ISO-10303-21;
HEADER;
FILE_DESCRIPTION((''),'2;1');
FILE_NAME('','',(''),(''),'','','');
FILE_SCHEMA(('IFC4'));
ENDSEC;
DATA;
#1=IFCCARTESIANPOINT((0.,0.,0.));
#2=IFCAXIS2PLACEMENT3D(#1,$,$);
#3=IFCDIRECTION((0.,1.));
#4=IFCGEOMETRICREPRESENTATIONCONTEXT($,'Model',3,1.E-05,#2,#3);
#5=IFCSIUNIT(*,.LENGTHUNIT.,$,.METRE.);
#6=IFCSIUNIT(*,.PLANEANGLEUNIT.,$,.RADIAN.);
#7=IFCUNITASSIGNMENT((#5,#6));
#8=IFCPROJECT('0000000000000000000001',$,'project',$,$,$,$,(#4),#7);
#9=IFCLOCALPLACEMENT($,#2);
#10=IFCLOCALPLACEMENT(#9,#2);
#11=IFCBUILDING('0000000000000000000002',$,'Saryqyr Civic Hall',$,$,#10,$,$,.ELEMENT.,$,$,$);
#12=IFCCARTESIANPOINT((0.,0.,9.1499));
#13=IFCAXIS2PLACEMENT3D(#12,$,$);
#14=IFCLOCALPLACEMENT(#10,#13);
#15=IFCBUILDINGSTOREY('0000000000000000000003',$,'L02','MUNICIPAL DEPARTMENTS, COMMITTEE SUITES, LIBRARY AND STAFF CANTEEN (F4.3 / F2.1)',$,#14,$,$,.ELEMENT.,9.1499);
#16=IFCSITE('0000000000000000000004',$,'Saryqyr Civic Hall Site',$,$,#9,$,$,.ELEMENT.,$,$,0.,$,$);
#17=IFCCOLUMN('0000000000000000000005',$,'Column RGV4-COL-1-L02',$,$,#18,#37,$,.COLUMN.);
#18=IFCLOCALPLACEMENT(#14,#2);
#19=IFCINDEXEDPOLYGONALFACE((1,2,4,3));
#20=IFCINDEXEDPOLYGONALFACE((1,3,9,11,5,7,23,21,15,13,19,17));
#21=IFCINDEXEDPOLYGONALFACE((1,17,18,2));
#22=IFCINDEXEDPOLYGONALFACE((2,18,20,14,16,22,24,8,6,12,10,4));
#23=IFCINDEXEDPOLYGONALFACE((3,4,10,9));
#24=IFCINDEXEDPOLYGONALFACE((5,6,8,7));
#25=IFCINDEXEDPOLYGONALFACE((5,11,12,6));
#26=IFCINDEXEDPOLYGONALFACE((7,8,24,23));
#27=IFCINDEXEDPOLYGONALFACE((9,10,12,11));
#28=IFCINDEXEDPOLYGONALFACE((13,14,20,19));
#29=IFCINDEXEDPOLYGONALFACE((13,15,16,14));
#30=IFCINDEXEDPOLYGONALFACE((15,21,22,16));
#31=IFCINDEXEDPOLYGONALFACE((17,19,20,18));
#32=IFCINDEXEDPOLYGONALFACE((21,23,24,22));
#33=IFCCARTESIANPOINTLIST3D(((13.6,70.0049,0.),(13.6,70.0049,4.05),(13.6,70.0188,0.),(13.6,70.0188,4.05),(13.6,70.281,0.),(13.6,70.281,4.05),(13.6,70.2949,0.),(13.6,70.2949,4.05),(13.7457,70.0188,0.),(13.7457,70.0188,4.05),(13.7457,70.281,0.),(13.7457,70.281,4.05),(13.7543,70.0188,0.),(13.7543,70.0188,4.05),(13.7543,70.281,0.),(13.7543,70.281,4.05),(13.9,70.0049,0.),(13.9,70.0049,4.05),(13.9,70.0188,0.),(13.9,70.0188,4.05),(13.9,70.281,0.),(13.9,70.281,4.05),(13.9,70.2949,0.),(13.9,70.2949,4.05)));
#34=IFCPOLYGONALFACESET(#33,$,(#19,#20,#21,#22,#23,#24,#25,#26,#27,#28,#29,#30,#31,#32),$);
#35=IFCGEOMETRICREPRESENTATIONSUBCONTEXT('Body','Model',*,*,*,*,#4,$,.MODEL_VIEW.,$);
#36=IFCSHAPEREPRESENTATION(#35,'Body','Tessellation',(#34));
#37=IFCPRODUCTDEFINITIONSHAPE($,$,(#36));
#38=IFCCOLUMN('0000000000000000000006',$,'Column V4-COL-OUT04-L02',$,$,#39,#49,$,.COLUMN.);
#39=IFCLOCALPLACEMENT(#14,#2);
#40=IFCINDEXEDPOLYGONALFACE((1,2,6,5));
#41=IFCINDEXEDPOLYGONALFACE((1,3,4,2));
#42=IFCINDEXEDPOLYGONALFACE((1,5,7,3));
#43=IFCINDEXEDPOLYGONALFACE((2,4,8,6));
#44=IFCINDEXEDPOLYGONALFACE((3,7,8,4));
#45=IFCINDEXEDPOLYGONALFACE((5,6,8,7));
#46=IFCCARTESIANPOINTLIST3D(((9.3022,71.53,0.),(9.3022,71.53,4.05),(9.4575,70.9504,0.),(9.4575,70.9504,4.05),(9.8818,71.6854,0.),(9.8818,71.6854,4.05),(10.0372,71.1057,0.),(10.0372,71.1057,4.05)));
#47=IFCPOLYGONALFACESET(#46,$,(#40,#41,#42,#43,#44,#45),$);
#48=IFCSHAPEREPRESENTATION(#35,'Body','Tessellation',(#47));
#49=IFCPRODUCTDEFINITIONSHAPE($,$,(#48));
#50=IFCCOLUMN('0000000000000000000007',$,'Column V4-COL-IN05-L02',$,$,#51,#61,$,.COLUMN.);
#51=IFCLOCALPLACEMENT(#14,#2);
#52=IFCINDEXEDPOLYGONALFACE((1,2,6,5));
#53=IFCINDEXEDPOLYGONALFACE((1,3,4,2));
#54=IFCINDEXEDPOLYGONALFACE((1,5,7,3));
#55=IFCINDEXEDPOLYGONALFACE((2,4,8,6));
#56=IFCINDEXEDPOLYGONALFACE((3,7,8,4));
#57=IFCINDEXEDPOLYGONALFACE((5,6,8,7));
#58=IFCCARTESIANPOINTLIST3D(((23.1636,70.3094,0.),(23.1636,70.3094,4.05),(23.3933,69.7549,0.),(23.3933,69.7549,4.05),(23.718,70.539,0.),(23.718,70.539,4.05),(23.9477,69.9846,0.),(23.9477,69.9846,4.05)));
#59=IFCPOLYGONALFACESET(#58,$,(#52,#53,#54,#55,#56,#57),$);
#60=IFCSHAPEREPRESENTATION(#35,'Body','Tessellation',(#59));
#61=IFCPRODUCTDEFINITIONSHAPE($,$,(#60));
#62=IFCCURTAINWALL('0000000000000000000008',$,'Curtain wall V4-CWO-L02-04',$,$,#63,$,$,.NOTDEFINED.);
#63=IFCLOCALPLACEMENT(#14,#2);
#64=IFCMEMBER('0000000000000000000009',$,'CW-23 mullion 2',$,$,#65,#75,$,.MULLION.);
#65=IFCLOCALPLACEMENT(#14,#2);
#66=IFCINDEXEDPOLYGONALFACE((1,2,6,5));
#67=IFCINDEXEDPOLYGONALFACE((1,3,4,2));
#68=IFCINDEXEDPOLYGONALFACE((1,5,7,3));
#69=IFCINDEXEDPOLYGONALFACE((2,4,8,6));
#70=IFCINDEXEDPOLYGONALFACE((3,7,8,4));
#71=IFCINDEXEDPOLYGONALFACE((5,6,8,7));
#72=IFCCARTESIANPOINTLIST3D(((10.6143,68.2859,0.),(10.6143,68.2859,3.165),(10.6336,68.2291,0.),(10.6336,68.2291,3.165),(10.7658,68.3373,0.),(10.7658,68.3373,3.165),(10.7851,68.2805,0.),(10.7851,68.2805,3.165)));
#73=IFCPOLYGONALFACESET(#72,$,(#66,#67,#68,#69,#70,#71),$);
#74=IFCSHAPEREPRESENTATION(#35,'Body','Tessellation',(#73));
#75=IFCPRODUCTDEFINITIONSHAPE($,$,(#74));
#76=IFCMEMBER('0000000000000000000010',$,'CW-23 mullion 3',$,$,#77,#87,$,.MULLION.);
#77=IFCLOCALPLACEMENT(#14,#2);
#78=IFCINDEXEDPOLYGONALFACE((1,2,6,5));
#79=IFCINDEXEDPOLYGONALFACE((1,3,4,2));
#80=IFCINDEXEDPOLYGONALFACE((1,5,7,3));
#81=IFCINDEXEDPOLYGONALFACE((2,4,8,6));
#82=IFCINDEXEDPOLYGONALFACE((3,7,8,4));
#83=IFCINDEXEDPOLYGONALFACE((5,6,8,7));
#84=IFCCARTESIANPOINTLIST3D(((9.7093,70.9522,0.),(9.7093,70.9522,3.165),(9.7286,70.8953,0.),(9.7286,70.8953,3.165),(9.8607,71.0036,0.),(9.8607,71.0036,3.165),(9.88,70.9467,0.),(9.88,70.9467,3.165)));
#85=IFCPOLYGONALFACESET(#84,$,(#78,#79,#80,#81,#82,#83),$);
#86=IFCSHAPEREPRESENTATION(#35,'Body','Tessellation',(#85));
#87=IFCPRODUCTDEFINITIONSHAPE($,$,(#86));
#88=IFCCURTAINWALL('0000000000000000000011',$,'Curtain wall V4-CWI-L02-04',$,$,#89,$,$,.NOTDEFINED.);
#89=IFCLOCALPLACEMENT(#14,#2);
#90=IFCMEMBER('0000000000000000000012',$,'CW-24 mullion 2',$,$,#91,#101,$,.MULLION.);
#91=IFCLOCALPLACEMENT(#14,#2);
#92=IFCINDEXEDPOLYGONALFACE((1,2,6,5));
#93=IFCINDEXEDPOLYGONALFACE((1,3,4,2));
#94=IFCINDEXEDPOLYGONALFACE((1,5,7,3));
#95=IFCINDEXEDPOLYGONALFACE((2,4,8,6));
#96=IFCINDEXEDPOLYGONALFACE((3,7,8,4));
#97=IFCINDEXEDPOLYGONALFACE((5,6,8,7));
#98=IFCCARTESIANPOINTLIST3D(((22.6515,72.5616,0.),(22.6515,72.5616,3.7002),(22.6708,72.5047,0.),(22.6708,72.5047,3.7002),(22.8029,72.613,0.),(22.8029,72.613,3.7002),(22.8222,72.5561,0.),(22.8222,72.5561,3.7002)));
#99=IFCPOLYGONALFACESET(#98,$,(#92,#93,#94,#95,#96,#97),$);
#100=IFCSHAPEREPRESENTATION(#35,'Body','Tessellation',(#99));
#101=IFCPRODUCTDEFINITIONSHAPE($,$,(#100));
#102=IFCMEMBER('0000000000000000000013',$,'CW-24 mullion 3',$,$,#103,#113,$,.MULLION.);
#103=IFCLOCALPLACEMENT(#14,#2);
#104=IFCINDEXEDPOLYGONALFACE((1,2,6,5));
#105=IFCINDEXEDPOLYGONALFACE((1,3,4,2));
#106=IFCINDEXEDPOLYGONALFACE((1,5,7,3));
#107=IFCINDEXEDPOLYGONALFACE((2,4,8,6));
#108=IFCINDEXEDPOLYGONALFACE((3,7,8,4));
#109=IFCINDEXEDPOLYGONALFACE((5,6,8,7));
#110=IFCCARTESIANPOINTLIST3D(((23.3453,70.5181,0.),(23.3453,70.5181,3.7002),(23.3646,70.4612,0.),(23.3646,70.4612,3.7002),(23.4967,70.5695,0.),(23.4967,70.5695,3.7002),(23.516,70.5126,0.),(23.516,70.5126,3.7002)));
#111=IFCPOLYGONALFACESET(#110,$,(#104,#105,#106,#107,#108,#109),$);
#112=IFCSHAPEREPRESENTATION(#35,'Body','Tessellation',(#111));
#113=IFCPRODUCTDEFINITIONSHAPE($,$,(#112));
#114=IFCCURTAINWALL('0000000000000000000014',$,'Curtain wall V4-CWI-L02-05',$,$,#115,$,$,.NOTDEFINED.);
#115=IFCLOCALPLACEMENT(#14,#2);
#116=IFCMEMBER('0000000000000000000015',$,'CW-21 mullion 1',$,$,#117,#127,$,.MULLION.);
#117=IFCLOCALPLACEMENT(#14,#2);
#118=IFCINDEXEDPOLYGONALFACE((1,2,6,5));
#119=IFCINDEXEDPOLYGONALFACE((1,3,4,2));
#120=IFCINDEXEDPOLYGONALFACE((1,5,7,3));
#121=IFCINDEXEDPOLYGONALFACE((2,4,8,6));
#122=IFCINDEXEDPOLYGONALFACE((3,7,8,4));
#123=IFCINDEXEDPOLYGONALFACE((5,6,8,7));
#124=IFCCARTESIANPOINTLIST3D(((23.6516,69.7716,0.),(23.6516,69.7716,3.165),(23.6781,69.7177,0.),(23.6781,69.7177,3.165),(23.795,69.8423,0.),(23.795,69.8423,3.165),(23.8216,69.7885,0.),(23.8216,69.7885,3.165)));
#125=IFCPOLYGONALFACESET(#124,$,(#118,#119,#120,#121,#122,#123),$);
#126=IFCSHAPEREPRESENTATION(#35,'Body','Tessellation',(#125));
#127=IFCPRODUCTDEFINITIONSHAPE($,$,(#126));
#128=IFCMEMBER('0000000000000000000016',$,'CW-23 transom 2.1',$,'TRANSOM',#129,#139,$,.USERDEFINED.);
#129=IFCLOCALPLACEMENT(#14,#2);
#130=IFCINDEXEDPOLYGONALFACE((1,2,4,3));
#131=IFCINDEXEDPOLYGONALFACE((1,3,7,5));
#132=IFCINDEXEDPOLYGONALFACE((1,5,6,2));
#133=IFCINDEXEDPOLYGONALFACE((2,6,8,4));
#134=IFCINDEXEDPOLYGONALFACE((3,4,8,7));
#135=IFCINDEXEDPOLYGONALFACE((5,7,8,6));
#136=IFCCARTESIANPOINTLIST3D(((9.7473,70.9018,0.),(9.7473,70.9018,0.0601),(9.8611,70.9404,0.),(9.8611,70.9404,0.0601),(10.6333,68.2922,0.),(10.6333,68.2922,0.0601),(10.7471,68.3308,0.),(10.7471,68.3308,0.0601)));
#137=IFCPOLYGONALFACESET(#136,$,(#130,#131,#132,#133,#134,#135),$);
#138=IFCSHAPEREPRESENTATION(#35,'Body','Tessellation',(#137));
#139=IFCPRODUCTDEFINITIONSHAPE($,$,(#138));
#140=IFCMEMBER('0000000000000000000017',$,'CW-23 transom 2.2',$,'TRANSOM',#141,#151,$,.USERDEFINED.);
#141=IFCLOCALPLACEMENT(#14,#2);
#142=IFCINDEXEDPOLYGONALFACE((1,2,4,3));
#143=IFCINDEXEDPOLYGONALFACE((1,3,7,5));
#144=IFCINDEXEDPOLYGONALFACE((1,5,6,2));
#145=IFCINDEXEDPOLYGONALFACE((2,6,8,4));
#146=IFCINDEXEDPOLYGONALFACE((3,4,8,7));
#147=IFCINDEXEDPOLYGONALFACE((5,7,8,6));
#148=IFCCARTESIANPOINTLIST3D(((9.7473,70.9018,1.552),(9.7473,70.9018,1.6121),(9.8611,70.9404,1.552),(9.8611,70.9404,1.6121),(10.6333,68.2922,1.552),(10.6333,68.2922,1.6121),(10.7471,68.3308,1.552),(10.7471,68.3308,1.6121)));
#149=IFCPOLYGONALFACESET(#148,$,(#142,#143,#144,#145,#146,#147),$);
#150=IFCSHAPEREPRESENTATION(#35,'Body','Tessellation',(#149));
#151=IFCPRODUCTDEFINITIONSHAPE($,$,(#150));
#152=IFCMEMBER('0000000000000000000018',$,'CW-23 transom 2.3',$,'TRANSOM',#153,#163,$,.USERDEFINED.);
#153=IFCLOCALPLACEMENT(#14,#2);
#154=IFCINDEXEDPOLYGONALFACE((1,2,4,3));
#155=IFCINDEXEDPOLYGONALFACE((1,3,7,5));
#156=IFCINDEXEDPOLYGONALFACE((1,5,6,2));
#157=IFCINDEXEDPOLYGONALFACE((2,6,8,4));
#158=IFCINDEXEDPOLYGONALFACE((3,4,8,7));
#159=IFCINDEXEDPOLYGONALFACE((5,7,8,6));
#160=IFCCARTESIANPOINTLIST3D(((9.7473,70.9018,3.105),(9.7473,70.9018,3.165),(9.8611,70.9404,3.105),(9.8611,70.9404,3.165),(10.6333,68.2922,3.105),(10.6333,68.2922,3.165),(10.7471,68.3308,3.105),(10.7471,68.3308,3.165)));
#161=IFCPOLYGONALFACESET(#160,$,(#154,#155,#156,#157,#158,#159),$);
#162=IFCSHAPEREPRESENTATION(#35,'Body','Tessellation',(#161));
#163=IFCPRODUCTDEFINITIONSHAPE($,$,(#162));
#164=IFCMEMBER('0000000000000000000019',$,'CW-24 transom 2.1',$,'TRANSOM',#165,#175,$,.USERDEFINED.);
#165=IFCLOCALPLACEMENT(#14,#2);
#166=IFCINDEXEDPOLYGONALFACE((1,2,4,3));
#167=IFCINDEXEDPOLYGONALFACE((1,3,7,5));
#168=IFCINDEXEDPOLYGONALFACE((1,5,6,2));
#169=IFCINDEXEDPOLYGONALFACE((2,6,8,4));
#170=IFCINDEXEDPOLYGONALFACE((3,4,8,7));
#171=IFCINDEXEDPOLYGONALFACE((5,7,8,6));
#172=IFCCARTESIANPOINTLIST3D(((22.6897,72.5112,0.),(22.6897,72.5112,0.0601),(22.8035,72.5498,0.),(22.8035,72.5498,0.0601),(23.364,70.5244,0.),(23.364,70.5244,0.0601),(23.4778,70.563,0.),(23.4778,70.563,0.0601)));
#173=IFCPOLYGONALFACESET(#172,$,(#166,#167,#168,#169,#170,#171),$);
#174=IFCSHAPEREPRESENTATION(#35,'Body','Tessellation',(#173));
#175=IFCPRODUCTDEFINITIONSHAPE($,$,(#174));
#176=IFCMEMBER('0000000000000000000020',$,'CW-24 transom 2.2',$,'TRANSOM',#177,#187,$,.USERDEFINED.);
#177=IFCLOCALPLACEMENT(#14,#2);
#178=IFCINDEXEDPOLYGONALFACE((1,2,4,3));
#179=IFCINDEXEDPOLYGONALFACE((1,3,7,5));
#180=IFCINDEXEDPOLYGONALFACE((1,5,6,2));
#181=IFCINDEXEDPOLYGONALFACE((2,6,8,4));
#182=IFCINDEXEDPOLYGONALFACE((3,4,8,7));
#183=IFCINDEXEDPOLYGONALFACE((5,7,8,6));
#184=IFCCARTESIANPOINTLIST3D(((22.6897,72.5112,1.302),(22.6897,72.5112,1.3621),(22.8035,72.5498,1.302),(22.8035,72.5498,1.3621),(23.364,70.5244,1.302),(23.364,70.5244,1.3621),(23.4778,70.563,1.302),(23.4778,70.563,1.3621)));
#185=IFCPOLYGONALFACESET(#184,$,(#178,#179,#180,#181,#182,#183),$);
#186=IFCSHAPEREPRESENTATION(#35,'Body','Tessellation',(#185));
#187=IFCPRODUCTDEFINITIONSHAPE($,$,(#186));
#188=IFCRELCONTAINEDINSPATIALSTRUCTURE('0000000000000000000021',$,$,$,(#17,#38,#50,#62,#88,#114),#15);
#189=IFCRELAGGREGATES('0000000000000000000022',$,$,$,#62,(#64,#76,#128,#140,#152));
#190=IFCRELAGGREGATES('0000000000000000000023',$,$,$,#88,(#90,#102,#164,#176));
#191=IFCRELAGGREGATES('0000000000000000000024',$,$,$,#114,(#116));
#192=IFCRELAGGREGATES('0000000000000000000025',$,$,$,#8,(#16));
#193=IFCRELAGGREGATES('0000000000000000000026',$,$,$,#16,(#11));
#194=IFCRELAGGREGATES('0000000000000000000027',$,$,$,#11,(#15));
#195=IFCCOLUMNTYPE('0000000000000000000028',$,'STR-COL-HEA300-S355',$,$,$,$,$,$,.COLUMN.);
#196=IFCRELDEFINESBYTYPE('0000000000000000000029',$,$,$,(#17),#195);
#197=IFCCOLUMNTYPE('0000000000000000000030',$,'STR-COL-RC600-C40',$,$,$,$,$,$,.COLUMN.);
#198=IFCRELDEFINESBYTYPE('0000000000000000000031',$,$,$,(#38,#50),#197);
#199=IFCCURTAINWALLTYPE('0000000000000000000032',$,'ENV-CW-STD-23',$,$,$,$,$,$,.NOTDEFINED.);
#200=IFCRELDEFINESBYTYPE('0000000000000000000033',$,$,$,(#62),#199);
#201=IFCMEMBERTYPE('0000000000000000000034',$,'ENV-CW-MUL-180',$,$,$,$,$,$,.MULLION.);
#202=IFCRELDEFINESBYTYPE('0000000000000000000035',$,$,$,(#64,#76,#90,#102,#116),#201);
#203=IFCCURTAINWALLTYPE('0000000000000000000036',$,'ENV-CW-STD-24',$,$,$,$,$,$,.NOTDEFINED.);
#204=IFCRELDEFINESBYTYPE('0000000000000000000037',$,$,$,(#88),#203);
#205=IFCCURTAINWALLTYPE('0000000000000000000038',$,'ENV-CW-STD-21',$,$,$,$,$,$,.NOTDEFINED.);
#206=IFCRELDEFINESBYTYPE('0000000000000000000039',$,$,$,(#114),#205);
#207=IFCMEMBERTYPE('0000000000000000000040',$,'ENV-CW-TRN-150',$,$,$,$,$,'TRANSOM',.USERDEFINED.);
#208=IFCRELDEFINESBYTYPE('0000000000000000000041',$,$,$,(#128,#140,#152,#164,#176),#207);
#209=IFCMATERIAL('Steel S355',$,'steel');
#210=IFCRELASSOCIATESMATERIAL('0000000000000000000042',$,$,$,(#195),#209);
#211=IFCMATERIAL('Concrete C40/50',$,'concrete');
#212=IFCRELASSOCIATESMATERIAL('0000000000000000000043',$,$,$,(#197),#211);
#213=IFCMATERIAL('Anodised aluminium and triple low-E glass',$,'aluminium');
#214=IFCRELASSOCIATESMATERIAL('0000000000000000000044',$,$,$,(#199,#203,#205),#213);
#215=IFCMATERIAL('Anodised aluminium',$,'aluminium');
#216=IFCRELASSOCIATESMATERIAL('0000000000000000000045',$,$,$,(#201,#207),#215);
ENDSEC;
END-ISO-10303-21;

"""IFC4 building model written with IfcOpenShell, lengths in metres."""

from ifc_helpers import new_model, si_unit, direction, frame, origin, origin_2d, place, context, subcontext, project, spatial, rectangle, i_section, extrude, material, material_profile, profile_set, type_object, element, aggregate, save


model = new_model("IFC4")

# Units and contexts
model_context = context("Model", 3, precision=1e-05, world=origin(), true_north=direction((0.0, 1.0)))
body_context = subcontext(model_context, "Body", "Model", "MODEL_VIEW")
ifc_project = project(units=[si_unit("LENGTHUNIT", "METRE"), si_unit("PLANEANGLEUNIT", "RADIAN")], contexts=[model_context])

# Site, building, storey
site_placement = place(None, origin())
site = spatial("IfcSite", under=ifc_project, at=site_placement, Name="Saryqyr Civic Hall Site", CompositionType="ELEMENT", RefElevation=0.0)
building_placement = place(site_placement, origin())
building = spatial("IfcBuilding", under=site, at=building_placement, Name="Saryqyr Civic Hall", CompositionType="ELEMENT")
storey_placement = place(building_placement, frame((0.0, 0.0, 9.1499)))
storey = spatial("IfcBuildingStorey", under=building, at=storey_placement, Name="L02", Description="MUNICIPAL DEPARTMENTS, COMMITTEE SUITES, LIBRARY AND STAFF CANTEEN (F4.3 / F2.1)", CompositionType="ELEMENT", Elevation=9.1499)

# Columns
ifc_material_1 = material(Name="Steel S355", Category="steel")
ifc_material_profile_1 = material_profile(ifc_material_1, i_section(OverallWidth=0.3, OverallDepth=0.29, WebThickness=0.0085, FlangeThickness=0.0139, at=origin_2d()), Name="HEA 300")
ifc_profile_set_1 = profile_set([ifc_material_profile_1], Name="Steel S355")
column_type_1 = type_object("IfcColumnType", Name="STR-COL-HEA300-S355", PredefinedType="COLUMN", material=ifc_profile_set_1)
column_placement = place(storey_placement, frame((13.75, 70.1499, 0.0), z_axis=(0.0, 0.0, 1.0), x_axis=(1.0, 0.0, 0.0)))
element("IfcColumn", 1, at=column_placement, inside=storey, type_object=column_type_1, Name="Column RGV4-COL-1-L02", PredefinedType="COLUMN", context=body_context, shape_type="SweptSolid", body=[
    extrude(i_section(OverallWidth=0.3, OverallDepth=0.29, WebThickness=0.0085, FlangeThickness=0.0139, at=origin_2d()), origin(), (0.0, 0.0, 1.0), 4.05),
])
ifc_material_2 = material(Name="Concrete C40/50", Category="concrete")
ifc_material_profile_2 = material_profile(ifc_material_2, rectangle(XDim=0.6001, YDim=0.6001, at=origin_2d()), Name="RC 600x600")
ifc_profile_set_2 = profile_set([ifc_material_profile_2], Name="Concrete C40/50")
column_type_2 = type_object("IfcColumnType", Name="STR-COL-RC600-C40", PredefinedType="COLUMN", material=ifc_profile_set_2)
for number, where, z_axis, x_axis, name in (
    (2, (9.6697, 71.3179, 0.0), (0.0, 0.0, 1.0), (-0.965926, -0.258819, 0.0), "Column V4-COL-OUT04-L02"),
    (3, (23.5557, 70.147, 0.0), (0.0, 0.0, 1.0), (-0.92388, -0.382683, 0.0), "Column V4-COL-IN05-L02"),
):
    element("IfcColumn", number, at=place(storey_placement, frame(where, z_axis=z_axis, x_axis=x_axis)), inside=storey, type_object=column_type_2, Name=name, PredefinedType="COLUMN", context=body_context, shape_type="SweptSolid", body=[
        extrude(rectangle(XDim=0.6001, YDim=0.6001, at=origin_2d()), origin(), (0.0, 0.0, 1.0), 4.05),
    ])

# Curtain walls, members
ifc_material_3 = material(Name="Anodised aluminium and triple low-E glass", Category="aluminium")
curtain_wall_type_1 = type_object("IfcCurtainWallType", Name="ENV-CW-STD-23", PredefinedType="NOTDEFINED", material=ifc_material_3)
curtain_wall_1_placement = place(storey_placement, origin())
curtain_wall_1 = element("IfcCurtainWall", 4, at=curtain_wall_1_placement, inside=storey, type_object=curtain_wall_type_1, Name="Curtain wall V4-CWO-L02-04", PredefinedType="NOTDEFINED")
ifc_material_4 = material(Name="Anodised aluminium", Category="aluminium")
ifc_material_profile_3 = material_profile(ifc_material_4, rectangle(XDim=0.0601, YDim=0.1599, at=origin_2d()), Name="ALU MULLION 60x160")
ifc_profile_set_3 = profile_set([ifc_material_profile_3], Name="Anodised aluminium")
member_type_1 = type_object("IfcMemberType", Name="ENV-CW-MUL-180", PredefinedType="MULLION", material=ifc_profile_set_3)
member_1_placement = place(storey_placement, frame((10.6997, 68.2832, 0.0), z_axis=(0.0, 0.0, 1.0), x_axis=(-0.321447, 0.946928, 0.0)))
member_1 = element("IfcMember", 5, at=member_1_placement, type_object=member_type_1, Name="CW-23 mullion 2", PredefinedType="MULLION", context=body_context, shape_type="SweptSolid", body=[
    extrude(rectangle(XDim=0.0601, YDim=0.1599, at=origin_2d()), origin(), (0.0, 0.0, 1.0), 3.165),
])
member_2_placement = place(storey_placement, frame((9.7947, 70.9495, 0.0), z_axis=(0.0, 0.0, 1.0), x_axis=(-0.321447, 0.946928, 0.0)))
member_2 = element("IfcMember", 6, at=member_2_placement, type_object=member_type_1, Name="CW-23 mullion 3", PredefinedType="MULLION", context=body_context, shape_type="SweptSolid", body=[
    extrude(rectangle(XDim=0.0601, YDim=0.1599, at=origin_2d()), origin(), (0.0, 0.0, 1.0), 3.165),
])
curtain_wall_type_2 = type_object("IfcCurtainWallType", Name="ENV-CW-STD-24", PredefinedType="NOTDEFINED", material=ifc_material_3)
curtain_wall_2_placement = place(storey_placement, origin())
curtain_wall_2 = element("IfcCurtainWall", 7, at=curtain_wall_2_placement, inside=storey, type_object=curtain_wall_type_2, Name="Curtain wall V4-CWI-L02-04", PredefinedType="NOTDEFINED")
member_3_placement = place(storey_placement, frame((22.7368, 72.5588, 0.0), z_axis=(0.0, 0.0, 1.0), x_axis=(0.321447, -0.946928, 0.0)))
member_3 = element("IfcMember", 8, at=member_3_placement, type_object=member_type_1, Name="CW-24 mullion 2", PredefinedType="MULLION", context=body_context, shape_type="SweptSolid", body=[
    extrude(rectangle(XDim=0.0601, YDim=0.1599, at=origin_2d()), origin(), (0.0, 0.0, 1.0), 3.7002),
])
member_4_placement = place(storey_placement, frame((23.4307, 70.5154, 0.0), z_axis=(0.0, 0.0, 1.0), x_axis=(0.321447, -0.946928, 0.0)))
member_4 = element("IfcMember", 9, at=member_4_placement, type_object=member_type_1, Name="CW-24 mullion 3", PredefinedType="MULLION", context=body_context, shape_type="SweptSolid", body=[
    extrude(rectangle(XDim=0.0601, YDim=0.1599, at=origin_2d()), origin(), (0.0, 0.0, 1.0), 3.7002),
])

# Curtain wall, member
curtain_wall_type_3 = type_object("IfcCurtainWallType", Name="ENV-CW-STD-21", PredefinedType="NOTDEFINED", material=ifc_material_3)
curtain_wall_3_placement = place(storey_placement, origin())
curtain_wall_3 = element("IfcCurtainWall", 10, at=curtain_wall_3_placement, inside=storey, type_object=curtain_wall_type_3, Name="Curtain wall V4-CWI-L02-05", PredefinedType="NOTDEFINED")
member_5_placement = place(storey_placement, frame((23.7366, 69.78, 0.0), z_axis=(0.0, 0.0, 1.0), x_axis=(0.442268, -0.896883, 0.0)))
member_5 = element("IfcMember", 11, at=member_5_placement, type_object=member_type_1, Name="CW-21 mullion 1", PredefinedType="MULLION", context=body_context, shape_type="SweptSolid", body=[
    extrude(rectangle(XDim=0.0601, YDim=0.1599, at=origin_2d()), origin(), (0.0, 0.0, 1.0), 3.165),
])

# Members
ifc_material_profile_4 = material_profile(ifc_material_4, rectangle(XDim=0.1201, YDim=0.0601, at=origin_2d()), Name="ALU TRANSOM 120x60")
ifc_profile_set_4 = profile_set([ifc_material_profile_4], Name="Anodised aluminium")
member_type_2 = type_object("IfcMemberType", Name="ENV-CW-TRN-150", ElementType="TRANSOM", PredefinedType="USERDEFINED", material=ifc_profile_set_4)
member_6_placement = place(storey_placement, frame((10.6902, 68.3115, 0.03), z_axis=(-0.321485, 0.946915, 0.0), x_axis=(-0.946915, -0.321485, 0.0)))
member_6 = element("IfcMember", 12, at=member_6_placement, type_object=member_type_2, Name="CW-23 transom 2.1", ObjectType="TRANSOM", PredefinedType="USERDEFINED", context=body_context, shape_type="SweptSolid", body=[
    extrude(rectangle(XDim=0.1201, YDim=0.0601, at=origin_2d()), origin(), (0.0, 0.0, 1.0), 2.7559),
])
member_7_placement = place(storey_placement, frame((10.6902, 68.3115, 1.582), z_axis=(-0.321485, 0.946915, 0.0), x_axis=(-0.946915, -0.321485, 0.0)))
member_7 = element("IfcMember", 13, at=member_7_placement, type_object=member_type_2, Name="CW-23 transom 2.2", ObjectType="TRANSOM", PredefinedType="USERDEFINED", context=body_context, shape_type="SweptSolid", body=[
    extrude(rectangle(XDim=0.1201, YDim=0.0601, at=origin_2d()), origin(), (0.0, 0.0, 1.0), 2.7559),
])
member_8_placement = place(storey_placement, frame((10.6902, 68.3115, 3.135), z_axis=(-0.321485, 0.946915, 0.0), x_axis=(-0.946915, -0.321485, 0.0)))
member_8 = element("IfcMember", 14, at=member_8_placement, type_object=member_type_2, Name="CW-23 transom 2.3", ObjectType="TRANSOM", PredefinedType="USERDEFINED", context=body_context, shape_type="SweptSolid", body=[
    extrude(rectangle(XDim=0.1201, YDim=0.0601, at=origin_2d()), origin(), (0.0, 0.0, 1.0), 2.7559),
])
member_9_placement = place(storey_placement, frame((22.7466, 72.5305, 0.03), z_axis=(0.32139, -0.946947, 0.0), x_axis=(0.946947, 0.32139, 0.0)))
member_9 = element("IfcMember", 15, at=member_9_placement, type_object=member_type_2, Name="CW-24 transom 2.1", ObjectType="TRANSOM", PredefinedType="USERDEFINED", context=body_context, shape_type="SweptSolid", body=[
    extrude(rectangle(XDim=0.1201, YDim=0.0601, at=origin_2d()), origin(), (0.0, 0.0, 1.0), 2.0981),
])
member_10_placement = place(storey_placement, frame((22.7466, 72.5305, 1.332), z_axis=(0.32139, -0.946947, 0.0), x_axis=(0.946947, 0.32139, 0.0)))
member_10 = element("IfcMember", 16, at=member_10_placement, type_object=member_type_2, Name="CW-24 transom 2.2", ObjectType="TRANSOM", PredefinedType="USERDEFINED", context=body_context, shape_type="SweptSolid", body=[
    extrude(rectangle(XDim=0.1201, YDim=0.0601, at=origin_2d()), origin(), (0.0, 0.0, 1.0), 2.0981),
])

aggregate(curtain_wall_1, [member_1, member_2, member_6, member_7, member_8])
aggregate(curtain_wall_2, [member_3, member_4, member_9, member_10])
aggregate(curtain_wall_3, [member_5])

save(model, "model.ifc")
